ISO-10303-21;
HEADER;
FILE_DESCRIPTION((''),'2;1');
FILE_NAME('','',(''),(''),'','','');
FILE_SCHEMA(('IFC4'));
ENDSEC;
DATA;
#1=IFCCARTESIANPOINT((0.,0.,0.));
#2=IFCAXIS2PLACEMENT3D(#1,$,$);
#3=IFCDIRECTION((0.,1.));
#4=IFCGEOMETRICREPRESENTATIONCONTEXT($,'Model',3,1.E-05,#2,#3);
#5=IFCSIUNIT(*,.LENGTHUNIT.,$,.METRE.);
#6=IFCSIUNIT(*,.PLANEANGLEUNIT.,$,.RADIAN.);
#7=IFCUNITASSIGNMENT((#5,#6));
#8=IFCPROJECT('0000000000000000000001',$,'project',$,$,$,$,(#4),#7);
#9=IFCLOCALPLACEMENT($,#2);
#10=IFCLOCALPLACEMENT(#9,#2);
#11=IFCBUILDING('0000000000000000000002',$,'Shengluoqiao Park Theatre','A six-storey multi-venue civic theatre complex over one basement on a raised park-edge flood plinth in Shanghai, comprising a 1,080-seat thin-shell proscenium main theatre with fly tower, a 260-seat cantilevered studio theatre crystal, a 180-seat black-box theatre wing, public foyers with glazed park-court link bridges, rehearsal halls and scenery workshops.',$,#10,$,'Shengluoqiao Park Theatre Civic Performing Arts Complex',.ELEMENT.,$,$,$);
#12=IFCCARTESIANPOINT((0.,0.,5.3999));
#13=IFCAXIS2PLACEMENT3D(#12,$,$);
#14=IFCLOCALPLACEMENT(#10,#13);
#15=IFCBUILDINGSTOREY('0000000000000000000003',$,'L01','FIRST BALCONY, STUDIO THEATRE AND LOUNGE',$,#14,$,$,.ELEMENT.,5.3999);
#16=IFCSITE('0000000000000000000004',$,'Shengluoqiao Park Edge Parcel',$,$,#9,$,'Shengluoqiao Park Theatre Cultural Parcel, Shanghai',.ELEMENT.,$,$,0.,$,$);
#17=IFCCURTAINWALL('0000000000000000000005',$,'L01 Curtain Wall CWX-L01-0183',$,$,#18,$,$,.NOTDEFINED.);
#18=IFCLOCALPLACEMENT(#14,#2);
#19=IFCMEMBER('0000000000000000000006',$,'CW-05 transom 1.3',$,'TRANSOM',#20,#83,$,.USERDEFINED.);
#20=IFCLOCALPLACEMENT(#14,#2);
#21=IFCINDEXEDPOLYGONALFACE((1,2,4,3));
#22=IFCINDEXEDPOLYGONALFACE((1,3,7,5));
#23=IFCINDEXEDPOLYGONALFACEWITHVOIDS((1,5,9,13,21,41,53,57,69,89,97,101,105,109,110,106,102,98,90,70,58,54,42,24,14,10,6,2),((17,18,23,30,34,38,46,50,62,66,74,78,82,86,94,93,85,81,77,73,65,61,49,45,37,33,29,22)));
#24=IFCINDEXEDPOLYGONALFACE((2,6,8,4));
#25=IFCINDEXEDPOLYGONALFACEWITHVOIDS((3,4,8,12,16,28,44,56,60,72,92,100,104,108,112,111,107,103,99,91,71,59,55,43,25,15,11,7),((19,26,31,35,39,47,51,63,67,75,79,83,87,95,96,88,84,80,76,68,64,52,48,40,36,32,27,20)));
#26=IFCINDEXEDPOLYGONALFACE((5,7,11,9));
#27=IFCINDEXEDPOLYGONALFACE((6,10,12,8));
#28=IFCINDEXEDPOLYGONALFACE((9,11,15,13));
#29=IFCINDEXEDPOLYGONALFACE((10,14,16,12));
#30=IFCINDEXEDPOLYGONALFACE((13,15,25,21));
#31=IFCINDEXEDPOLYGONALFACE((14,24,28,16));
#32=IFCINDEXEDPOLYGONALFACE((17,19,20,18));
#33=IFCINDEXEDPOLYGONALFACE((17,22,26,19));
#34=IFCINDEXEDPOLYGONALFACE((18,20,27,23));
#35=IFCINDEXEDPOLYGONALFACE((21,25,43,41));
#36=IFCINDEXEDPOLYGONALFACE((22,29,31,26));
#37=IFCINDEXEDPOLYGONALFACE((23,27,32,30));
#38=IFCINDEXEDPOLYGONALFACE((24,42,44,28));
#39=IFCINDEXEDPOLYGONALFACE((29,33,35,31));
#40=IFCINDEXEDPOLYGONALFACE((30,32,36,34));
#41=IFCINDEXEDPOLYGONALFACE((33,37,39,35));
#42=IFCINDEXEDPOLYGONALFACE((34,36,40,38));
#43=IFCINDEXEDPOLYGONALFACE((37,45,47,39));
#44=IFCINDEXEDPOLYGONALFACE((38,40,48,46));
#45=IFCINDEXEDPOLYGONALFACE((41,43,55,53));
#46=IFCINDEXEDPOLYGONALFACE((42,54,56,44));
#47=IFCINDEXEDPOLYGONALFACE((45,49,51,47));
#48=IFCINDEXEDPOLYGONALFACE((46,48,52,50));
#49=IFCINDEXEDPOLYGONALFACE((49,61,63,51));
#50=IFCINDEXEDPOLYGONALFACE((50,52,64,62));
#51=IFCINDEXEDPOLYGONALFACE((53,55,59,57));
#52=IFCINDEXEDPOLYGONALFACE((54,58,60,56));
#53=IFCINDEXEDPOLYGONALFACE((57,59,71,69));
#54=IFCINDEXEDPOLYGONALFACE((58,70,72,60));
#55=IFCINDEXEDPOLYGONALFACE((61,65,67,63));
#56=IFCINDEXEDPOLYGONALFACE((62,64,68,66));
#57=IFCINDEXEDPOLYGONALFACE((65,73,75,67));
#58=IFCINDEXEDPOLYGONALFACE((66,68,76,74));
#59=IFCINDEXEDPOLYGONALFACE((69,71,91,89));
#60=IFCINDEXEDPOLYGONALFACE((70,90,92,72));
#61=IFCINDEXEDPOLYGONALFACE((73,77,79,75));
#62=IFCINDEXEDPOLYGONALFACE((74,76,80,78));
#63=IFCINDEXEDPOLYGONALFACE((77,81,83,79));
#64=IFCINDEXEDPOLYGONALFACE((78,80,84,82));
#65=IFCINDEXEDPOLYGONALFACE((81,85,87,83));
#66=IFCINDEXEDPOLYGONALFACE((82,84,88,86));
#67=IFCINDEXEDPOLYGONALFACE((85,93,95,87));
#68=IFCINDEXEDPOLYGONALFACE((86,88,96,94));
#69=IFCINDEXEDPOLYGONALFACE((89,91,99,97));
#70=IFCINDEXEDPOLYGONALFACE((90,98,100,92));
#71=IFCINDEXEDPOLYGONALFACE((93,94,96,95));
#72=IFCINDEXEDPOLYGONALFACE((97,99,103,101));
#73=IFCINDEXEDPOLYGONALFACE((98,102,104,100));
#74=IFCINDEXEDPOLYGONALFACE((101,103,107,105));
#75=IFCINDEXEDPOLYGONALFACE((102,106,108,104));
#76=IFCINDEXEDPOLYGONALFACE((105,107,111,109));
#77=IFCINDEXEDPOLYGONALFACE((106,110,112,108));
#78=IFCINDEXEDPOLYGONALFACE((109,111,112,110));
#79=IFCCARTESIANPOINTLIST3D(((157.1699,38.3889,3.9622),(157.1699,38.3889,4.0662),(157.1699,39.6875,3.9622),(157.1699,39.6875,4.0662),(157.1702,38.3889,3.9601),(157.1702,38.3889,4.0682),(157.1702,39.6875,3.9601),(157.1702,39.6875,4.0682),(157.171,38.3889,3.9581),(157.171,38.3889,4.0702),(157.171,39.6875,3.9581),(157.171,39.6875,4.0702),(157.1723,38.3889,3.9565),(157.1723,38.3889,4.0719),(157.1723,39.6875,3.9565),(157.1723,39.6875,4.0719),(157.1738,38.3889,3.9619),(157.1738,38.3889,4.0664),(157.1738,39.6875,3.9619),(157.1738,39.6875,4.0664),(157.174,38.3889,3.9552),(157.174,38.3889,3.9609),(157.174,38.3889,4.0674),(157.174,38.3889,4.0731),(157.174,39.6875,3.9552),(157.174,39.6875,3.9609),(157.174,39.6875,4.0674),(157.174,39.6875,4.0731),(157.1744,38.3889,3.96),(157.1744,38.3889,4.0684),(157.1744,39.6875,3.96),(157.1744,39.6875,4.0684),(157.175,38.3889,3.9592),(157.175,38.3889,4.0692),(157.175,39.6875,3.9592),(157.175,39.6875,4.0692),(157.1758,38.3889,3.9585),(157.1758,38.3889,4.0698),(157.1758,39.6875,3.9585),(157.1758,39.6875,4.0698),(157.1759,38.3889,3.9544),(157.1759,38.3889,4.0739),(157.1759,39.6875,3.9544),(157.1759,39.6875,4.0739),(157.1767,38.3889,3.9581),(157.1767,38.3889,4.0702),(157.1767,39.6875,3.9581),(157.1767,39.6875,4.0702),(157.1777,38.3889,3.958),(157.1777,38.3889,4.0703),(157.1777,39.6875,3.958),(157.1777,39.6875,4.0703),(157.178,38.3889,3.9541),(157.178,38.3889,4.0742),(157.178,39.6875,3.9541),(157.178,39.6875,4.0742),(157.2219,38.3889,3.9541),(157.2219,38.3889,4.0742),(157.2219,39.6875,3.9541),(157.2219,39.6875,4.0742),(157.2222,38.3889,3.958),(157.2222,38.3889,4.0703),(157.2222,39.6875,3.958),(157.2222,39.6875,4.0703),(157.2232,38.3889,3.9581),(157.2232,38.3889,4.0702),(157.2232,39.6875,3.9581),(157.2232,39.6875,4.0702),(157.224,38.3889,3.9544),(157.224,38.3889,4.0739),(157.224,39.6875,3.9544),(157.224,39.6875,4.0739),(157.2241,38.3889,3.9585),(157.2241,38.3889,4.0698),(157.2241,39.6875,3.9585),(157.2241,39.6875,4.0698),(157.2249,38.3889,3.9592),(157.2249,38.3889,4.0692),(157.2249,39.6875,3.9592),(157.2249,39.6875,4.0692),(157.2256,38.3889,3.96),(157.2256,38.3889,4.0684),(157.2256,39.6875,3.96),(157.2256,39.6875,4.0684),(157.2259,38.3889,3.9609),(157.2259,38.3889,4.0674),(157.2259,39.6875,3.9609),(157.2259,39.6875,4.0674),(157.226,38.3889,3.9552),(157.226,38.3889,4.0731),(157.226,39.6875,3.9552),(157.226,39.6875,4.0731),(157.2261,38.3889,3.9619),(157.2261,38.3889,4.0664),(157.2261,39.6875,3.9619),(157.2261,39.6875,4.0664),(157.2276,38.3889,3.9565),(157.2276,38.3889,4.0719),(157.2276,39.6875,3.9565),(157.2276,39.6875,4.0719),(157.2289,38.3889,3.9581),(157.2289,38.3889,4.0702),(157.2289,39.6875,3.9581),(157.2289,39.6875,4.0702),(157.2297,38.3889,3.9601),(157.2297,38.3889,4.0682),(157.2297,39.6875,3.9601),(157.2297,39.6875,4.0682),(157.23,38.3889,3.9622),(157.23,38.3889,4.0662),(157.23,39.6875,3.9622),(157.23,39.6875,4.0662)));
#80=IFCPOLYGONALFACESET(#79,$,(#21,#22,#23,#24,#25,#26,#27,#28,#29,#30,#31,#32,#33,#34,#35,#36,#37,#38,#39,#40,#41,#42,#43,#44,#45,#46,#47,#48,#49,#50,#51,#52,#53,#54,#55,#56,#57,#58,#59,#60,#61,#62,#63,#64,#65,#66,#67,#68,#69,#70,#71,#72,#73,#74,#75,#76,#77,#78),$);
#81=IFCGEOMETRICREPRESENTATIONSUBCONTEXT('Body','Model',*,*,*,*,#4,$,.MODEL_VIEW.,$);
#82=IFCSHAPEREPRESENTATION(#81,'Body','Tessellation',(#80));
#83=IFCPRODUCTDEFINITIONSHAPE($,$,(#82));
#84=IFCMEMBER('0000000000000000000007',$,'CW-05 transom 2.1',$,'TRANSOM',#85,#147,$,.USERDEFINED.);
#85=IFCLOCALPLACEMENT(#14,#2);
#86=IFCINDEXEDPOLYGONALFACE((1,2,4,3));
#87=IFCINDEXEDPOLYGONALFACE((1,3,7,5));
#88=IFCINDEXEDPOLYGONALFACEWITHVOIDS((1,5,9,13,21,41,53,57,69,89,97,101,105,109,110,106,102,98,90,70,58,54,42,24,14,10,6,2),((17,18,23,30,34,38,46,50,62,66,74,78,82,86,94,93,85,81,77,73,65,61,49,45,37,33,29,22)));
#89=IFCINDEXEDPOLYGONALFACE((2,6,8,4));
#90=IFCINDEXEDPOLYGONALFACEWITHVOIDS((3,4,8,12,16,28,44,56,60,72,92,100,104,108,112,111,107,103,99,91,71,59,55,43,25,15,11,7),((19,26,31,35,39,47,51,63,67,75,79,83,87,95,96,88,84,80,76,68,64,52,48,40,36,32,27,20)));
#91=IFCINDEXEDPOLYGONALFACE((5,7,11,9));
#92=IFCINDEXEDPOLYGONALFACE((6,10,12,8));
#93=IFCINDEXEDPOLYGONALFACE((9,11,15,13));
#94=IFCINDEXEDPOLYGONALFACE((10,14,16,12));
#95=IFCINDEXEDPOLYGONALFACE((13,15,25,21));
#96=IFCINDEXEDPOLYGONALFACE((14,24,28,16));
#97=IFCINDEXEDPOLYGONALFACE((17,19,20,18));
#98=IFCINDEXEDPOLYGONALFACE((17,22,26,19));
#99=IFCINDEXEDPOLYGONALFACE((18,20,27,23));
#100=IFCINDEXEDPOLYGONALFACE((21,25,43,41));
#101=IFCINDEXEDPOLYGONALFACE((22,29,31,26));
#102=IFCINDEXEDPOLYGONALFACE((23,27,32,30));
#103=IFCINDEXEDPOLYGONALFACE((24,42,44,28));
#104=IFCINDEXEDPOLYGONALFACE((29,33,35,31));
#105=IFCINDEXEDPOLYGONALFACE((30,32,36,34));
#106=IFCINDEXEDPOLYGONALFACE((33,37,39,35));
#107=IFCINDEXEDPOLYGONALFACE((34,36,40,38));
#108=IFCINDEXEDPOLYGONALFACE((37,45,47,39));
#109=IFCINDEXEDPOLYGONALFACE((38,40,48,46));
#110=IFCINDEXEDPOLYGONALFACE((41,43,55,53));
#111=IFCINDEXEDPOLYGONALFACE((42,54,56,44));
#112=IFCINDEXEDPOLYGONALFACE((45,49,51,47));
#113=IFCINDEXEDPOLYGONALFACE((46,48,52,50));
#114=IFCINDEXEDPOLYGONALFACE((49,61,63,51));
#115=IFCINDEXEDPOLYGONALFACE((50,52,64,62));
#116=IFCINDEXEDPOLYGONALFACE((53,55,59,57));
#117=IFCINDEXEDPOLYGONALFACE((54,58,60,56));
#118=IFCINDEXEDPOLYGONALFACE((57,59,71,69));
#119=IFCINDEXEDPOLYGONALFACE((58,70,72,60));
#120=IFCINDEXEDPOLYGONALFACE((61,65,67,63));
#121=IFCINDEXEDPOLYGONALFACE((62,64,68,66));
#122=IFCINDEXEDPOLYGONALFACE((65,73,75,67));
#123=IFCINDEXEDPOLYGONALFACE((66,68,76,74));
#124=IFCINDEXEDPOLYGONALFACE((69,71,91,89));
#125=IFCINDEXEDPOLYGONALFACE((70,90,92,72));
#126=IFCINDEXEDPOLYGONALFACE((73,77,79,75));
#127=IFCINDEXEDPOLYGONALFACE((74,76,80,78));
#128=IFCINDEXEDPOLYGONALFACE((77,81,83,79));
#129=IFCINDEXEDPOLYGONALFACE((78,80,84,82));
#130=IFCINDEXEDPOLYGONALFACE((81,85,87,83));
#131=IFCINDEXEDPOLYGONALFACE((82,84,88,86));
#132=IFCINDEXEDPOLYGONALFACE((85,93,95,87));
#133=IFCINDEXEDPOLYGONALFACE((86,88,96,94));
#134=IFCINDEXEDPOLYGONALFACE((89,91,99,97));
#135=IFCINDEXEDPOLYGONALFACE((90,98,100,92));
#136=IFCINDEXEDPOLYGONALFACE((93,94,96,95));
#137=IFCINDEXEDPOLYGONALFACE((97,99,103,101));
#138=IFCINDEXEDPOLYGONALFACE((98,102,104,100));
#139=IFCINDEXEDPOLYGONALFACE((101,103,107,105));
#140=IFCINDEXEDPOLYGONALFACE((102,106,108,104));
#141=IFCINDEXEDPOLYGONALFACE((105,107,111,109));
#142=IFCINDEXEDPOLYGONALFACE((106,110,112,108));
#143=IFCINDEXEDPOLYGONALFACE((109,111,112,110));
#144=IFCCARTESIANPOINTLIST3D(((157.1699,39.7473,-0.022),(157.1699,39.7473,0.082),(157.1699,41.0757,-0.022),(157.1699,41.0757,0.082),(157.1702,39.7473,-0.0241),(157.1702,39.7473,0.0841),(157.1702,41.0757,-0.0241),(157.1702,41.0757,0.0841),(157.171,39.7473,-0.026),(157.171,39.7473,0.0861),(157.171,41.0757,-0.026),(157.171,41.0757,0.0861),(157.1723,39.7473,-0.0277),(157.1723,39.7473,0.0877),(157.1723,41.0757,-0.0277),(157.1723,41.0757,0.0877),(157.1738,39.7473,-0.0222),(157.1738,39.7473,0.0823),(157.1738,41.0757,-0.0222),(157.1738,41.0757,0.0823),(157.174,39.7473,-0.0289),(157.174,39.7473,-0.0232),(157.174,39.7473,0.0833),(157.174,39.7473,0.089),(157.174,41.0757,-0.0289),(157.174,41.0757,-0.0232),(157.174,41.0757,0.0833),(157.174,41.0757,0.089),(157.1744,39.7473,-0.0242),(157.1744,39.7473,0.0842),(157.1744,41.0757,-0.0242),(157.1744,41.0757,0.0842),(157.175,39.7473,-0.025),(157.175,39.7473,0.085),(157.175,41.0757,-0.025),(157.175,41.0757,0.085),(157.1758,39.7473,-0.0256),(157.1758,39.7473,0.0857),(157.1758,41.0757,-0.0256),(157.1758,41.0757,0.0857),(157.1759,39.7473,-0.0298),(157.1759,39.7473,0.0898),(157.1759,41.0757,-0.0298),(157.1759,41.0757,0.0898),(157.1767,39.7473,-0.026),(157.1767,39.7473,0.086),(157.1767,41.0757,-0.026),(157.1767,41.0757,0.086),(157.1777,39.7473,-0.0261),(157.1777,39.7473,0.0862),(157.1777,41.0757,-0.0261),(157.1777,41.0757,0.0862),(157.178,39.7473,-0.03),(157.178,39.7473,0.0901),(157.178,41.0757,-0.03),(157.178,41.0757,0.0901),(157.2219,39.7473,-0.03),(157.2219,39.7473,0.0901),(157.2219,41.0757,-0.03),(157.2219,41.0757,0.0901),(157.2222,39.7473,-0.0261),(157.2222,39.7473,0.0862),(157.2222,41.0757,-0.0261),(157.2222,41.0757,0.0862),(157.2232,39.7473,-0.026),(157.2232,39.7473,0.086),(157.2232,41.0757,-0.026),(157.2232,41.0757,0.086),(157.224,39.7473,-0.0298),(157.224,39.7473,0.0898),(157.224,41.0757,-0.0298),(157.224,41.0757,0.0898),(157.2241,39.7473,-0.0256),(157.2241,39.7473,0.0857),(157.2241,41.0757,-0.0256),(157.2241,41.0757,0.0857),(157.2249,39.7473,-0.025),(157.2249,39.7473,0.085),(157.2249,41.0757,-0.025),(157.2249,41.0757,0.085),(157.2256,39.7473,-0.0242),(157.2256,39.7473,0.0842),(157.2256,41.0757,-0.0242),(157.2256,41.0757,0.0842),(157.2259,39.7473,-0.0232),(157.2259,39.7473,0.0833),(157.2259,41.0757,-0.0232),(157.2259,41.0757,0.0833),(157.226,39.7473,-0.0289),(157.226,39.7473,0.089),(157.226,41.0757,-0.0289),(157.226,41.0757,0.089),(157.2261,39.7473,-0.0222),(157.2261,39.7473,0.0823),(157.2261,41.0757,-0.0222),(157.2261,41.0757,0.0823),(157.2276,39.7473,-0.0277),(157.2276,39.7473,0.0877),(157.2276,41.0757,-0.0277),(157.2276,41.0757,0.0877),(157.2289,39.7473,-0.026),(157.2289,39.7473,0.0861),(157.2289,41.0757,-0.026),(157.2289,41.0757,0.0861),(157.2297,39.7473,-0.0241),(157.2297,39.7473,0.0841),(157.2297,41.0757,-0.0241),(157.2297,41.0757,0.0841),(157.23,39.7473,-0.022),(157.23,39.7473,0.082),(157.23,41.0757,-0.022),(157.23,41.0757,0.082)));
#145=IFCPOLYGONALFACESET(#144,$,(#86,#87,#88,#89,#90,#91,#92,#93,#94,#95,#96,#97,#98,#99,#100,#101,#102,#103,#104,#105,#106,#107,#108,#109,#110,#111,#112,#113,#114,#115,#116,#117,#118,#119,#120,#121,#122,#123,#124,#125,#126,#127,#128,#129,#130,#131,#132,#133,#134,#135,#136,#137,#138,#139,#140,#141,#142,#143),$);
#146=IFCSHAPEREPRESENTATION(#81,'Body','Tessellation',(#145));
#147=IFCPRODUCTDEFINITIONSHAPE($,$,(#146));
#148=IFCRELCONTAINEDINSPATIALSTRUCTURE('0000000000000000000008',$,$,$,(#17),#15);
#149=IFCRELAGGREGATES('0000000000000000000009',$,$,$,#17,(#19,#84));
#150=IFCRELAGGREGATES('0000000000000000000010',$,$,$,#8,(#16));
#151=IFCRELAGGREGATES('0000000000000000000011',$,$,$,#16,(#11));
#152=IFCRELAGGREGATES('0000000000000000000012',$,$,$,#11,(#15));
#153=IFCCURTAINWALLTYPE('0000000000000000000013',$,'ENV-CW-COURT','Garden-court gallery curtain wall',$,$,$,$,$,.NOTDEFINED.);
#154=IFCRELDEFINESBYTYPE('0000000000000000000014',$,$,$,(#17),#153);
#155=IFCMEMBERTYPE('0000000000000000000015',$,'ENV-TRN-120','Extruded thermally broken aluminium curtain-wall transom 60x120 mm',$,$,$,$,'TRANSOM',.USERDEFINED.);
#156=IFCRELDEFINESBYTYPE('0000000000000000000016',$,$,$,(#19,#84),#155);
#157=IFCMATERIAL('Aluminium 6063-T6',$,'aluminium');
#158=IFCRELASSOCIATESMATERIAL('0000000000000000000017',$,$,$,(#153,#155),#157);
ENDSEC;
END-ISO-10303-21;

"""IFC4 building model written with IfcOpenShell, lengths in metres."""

from ifc_helpers import new_model, si_unit, direction, frame, origin, origin_2d, place, context, subcontext, project, spatial, hollow_rectangle, extrude, material, material_profile, profile_set, type_object, element, aggregate, save


model = new_model("IFC4")

# Units and contexts
model_context = context("Model", 3, precision=1e-05, world=origin(), true_north=direction((0.0, 1.0)))
body_context = subcontext(model_context, "Body", "Model", "MODEL_VIEW")
ifc_project = project(units=[si_unit("LENGTHUNIT", "METRE"), si_unit("PLANEANGLEUNIT", "RADIAN")], contexts=[model_context])

# Site, building, storey
site_placement = place(None, origin())
site = spatial("IfcSite", under=ifc_project, at=site_placement, Name="Shengluoqiao Park Edge Parcel", LongName="Shengluoqiao Park Theatre Cultural Parcel, Shanghai", CompositionType="ELEMENT", RefElevation=0.0)
building_placement = place(site_placement, origin())
building = spatial("IfcBuilding", under=site, at=building_placement, Name="Shengluoqiao Park Theatre", Description="A six-storey multi-venue civic theatre complex over one basement on a raised park-edge flood plinth in Shanghai, comprising a 1,080-seat thin-shell proscenium main theatre with fly tower, a 260-seat cantilevered studio theatre crystal, a 180-seat black-box theatre wing, public foyers with glazed park-court link bridges, rehearsal halls and scenery workshops.", LongName="Shengluoqiao Park Theatre Civic Performing Arts Complex", CompositionType="ELEMENT")
storey_placement = place(building_placement, frame((0.0, 0.0, 5.3999)))
storey = spatial("IfcBuildingStorey", under=building, at=storey_placement, Name="L01", Description="FIRST BALCONY, STUDIO THEATRE AND LOUNGE", CompositionType="ELEMENT", Elevation=5.3999)

# Curtain wall
ifc_material_1 = material(Name="Aluminium 6063-T6", Category="aluminium")
curtain_wall_type = type_object("IfcCurtainWallType", Name="ENV-CW-COURT", Description="Garden-court gallery curtain wall", PredefinedType="NOTDEFINED", material=ifc_material_1)
curtain_wall_1_placement = place(storey_placement, origin())
curtain_wall_1 = element("IfcCurtainWall", 1, at=curtain_wall_1_placement, inside=storey, type_object=curtain_wall_type, Name="L01 Curtain Wall CWX-L01-0183", PredefinedType="NOTDEFINED")

# Members
ifc_material_profile_1 = material_profile(ifc_material_1, hollow_rectangle(XDim=0.0601, YDim=0.1201, WallThickness=0.0039, InnerFilletRadius=0.0039, OuterFilletRadius=0.0081, at=origin_2d()), Name="ALU TRANSOM 120x60x4")
ifc_profile_set_1 = profile_set([ifc_material_profile_1], Name="Aluminium 6063-T6")
member_type_1 = type_object("IfcMemberType", Name="ENV-TRN-120", Description="Extruded thermally broken aluminium curtain-wall transom 60x120 mm", ElementType="TRANSOM", PredefinedType="USERDEFINED", material=ifc_profile_set_1)
member_1_placement = place(storey_placement, frame((157.2, 38.3889, 4.0142), z_axis=(0.0, 1.0, 0.0), x_axis=(-1.0, 0.0, 0.0)))
member_1 = element("IfcMember", 2, at=member_1_placement, type_object=member_type_1, Name="CW-05 transom 1.3", ObjectType="TRANSOM", PredefinedType="USERDEFINED", context=body_context, shape_type="SweptSolid", body=[
    extrude(hollow_rectangle(XDim=0.0601, YDim=0.1201, WallThickness=0.0039, InnerFilletRadius=0.0039, OuterFilletRadius=0.0081, at=origin_2d()), origin(), (0.0, 0.0, 1.0), 1.2986),
])
member_2_placement = place(storey_placement, frame((157.2, 39.7473, 0.03), z_axis=(0.0, 1.0, 0.0), x_axis=(-1.0, 0.0, 0.0)))
member_2 = element("IfcMember", 3, at=member_2_placement, type_object=member_type_1, Name="CW-05 transom 2.1", ObjectType="TRANSOM", PredefinedType="USERDEFINED", context=body_context, shape_type="SweptSolid", body=[
    extrude(hollow_rectangle(XDim=0.0601, YDim=0.1201, WallThickness=0.0039, InnerFilletRadius=0.0039, OuterFilletRadius=0.0081, at=origin_2d()), origin(), (0.0, 0.0, 1.0), 1.3284),
])

aggregate(curtain_wall_1, [member_1, member_2])

save(model, "model.ifc")
